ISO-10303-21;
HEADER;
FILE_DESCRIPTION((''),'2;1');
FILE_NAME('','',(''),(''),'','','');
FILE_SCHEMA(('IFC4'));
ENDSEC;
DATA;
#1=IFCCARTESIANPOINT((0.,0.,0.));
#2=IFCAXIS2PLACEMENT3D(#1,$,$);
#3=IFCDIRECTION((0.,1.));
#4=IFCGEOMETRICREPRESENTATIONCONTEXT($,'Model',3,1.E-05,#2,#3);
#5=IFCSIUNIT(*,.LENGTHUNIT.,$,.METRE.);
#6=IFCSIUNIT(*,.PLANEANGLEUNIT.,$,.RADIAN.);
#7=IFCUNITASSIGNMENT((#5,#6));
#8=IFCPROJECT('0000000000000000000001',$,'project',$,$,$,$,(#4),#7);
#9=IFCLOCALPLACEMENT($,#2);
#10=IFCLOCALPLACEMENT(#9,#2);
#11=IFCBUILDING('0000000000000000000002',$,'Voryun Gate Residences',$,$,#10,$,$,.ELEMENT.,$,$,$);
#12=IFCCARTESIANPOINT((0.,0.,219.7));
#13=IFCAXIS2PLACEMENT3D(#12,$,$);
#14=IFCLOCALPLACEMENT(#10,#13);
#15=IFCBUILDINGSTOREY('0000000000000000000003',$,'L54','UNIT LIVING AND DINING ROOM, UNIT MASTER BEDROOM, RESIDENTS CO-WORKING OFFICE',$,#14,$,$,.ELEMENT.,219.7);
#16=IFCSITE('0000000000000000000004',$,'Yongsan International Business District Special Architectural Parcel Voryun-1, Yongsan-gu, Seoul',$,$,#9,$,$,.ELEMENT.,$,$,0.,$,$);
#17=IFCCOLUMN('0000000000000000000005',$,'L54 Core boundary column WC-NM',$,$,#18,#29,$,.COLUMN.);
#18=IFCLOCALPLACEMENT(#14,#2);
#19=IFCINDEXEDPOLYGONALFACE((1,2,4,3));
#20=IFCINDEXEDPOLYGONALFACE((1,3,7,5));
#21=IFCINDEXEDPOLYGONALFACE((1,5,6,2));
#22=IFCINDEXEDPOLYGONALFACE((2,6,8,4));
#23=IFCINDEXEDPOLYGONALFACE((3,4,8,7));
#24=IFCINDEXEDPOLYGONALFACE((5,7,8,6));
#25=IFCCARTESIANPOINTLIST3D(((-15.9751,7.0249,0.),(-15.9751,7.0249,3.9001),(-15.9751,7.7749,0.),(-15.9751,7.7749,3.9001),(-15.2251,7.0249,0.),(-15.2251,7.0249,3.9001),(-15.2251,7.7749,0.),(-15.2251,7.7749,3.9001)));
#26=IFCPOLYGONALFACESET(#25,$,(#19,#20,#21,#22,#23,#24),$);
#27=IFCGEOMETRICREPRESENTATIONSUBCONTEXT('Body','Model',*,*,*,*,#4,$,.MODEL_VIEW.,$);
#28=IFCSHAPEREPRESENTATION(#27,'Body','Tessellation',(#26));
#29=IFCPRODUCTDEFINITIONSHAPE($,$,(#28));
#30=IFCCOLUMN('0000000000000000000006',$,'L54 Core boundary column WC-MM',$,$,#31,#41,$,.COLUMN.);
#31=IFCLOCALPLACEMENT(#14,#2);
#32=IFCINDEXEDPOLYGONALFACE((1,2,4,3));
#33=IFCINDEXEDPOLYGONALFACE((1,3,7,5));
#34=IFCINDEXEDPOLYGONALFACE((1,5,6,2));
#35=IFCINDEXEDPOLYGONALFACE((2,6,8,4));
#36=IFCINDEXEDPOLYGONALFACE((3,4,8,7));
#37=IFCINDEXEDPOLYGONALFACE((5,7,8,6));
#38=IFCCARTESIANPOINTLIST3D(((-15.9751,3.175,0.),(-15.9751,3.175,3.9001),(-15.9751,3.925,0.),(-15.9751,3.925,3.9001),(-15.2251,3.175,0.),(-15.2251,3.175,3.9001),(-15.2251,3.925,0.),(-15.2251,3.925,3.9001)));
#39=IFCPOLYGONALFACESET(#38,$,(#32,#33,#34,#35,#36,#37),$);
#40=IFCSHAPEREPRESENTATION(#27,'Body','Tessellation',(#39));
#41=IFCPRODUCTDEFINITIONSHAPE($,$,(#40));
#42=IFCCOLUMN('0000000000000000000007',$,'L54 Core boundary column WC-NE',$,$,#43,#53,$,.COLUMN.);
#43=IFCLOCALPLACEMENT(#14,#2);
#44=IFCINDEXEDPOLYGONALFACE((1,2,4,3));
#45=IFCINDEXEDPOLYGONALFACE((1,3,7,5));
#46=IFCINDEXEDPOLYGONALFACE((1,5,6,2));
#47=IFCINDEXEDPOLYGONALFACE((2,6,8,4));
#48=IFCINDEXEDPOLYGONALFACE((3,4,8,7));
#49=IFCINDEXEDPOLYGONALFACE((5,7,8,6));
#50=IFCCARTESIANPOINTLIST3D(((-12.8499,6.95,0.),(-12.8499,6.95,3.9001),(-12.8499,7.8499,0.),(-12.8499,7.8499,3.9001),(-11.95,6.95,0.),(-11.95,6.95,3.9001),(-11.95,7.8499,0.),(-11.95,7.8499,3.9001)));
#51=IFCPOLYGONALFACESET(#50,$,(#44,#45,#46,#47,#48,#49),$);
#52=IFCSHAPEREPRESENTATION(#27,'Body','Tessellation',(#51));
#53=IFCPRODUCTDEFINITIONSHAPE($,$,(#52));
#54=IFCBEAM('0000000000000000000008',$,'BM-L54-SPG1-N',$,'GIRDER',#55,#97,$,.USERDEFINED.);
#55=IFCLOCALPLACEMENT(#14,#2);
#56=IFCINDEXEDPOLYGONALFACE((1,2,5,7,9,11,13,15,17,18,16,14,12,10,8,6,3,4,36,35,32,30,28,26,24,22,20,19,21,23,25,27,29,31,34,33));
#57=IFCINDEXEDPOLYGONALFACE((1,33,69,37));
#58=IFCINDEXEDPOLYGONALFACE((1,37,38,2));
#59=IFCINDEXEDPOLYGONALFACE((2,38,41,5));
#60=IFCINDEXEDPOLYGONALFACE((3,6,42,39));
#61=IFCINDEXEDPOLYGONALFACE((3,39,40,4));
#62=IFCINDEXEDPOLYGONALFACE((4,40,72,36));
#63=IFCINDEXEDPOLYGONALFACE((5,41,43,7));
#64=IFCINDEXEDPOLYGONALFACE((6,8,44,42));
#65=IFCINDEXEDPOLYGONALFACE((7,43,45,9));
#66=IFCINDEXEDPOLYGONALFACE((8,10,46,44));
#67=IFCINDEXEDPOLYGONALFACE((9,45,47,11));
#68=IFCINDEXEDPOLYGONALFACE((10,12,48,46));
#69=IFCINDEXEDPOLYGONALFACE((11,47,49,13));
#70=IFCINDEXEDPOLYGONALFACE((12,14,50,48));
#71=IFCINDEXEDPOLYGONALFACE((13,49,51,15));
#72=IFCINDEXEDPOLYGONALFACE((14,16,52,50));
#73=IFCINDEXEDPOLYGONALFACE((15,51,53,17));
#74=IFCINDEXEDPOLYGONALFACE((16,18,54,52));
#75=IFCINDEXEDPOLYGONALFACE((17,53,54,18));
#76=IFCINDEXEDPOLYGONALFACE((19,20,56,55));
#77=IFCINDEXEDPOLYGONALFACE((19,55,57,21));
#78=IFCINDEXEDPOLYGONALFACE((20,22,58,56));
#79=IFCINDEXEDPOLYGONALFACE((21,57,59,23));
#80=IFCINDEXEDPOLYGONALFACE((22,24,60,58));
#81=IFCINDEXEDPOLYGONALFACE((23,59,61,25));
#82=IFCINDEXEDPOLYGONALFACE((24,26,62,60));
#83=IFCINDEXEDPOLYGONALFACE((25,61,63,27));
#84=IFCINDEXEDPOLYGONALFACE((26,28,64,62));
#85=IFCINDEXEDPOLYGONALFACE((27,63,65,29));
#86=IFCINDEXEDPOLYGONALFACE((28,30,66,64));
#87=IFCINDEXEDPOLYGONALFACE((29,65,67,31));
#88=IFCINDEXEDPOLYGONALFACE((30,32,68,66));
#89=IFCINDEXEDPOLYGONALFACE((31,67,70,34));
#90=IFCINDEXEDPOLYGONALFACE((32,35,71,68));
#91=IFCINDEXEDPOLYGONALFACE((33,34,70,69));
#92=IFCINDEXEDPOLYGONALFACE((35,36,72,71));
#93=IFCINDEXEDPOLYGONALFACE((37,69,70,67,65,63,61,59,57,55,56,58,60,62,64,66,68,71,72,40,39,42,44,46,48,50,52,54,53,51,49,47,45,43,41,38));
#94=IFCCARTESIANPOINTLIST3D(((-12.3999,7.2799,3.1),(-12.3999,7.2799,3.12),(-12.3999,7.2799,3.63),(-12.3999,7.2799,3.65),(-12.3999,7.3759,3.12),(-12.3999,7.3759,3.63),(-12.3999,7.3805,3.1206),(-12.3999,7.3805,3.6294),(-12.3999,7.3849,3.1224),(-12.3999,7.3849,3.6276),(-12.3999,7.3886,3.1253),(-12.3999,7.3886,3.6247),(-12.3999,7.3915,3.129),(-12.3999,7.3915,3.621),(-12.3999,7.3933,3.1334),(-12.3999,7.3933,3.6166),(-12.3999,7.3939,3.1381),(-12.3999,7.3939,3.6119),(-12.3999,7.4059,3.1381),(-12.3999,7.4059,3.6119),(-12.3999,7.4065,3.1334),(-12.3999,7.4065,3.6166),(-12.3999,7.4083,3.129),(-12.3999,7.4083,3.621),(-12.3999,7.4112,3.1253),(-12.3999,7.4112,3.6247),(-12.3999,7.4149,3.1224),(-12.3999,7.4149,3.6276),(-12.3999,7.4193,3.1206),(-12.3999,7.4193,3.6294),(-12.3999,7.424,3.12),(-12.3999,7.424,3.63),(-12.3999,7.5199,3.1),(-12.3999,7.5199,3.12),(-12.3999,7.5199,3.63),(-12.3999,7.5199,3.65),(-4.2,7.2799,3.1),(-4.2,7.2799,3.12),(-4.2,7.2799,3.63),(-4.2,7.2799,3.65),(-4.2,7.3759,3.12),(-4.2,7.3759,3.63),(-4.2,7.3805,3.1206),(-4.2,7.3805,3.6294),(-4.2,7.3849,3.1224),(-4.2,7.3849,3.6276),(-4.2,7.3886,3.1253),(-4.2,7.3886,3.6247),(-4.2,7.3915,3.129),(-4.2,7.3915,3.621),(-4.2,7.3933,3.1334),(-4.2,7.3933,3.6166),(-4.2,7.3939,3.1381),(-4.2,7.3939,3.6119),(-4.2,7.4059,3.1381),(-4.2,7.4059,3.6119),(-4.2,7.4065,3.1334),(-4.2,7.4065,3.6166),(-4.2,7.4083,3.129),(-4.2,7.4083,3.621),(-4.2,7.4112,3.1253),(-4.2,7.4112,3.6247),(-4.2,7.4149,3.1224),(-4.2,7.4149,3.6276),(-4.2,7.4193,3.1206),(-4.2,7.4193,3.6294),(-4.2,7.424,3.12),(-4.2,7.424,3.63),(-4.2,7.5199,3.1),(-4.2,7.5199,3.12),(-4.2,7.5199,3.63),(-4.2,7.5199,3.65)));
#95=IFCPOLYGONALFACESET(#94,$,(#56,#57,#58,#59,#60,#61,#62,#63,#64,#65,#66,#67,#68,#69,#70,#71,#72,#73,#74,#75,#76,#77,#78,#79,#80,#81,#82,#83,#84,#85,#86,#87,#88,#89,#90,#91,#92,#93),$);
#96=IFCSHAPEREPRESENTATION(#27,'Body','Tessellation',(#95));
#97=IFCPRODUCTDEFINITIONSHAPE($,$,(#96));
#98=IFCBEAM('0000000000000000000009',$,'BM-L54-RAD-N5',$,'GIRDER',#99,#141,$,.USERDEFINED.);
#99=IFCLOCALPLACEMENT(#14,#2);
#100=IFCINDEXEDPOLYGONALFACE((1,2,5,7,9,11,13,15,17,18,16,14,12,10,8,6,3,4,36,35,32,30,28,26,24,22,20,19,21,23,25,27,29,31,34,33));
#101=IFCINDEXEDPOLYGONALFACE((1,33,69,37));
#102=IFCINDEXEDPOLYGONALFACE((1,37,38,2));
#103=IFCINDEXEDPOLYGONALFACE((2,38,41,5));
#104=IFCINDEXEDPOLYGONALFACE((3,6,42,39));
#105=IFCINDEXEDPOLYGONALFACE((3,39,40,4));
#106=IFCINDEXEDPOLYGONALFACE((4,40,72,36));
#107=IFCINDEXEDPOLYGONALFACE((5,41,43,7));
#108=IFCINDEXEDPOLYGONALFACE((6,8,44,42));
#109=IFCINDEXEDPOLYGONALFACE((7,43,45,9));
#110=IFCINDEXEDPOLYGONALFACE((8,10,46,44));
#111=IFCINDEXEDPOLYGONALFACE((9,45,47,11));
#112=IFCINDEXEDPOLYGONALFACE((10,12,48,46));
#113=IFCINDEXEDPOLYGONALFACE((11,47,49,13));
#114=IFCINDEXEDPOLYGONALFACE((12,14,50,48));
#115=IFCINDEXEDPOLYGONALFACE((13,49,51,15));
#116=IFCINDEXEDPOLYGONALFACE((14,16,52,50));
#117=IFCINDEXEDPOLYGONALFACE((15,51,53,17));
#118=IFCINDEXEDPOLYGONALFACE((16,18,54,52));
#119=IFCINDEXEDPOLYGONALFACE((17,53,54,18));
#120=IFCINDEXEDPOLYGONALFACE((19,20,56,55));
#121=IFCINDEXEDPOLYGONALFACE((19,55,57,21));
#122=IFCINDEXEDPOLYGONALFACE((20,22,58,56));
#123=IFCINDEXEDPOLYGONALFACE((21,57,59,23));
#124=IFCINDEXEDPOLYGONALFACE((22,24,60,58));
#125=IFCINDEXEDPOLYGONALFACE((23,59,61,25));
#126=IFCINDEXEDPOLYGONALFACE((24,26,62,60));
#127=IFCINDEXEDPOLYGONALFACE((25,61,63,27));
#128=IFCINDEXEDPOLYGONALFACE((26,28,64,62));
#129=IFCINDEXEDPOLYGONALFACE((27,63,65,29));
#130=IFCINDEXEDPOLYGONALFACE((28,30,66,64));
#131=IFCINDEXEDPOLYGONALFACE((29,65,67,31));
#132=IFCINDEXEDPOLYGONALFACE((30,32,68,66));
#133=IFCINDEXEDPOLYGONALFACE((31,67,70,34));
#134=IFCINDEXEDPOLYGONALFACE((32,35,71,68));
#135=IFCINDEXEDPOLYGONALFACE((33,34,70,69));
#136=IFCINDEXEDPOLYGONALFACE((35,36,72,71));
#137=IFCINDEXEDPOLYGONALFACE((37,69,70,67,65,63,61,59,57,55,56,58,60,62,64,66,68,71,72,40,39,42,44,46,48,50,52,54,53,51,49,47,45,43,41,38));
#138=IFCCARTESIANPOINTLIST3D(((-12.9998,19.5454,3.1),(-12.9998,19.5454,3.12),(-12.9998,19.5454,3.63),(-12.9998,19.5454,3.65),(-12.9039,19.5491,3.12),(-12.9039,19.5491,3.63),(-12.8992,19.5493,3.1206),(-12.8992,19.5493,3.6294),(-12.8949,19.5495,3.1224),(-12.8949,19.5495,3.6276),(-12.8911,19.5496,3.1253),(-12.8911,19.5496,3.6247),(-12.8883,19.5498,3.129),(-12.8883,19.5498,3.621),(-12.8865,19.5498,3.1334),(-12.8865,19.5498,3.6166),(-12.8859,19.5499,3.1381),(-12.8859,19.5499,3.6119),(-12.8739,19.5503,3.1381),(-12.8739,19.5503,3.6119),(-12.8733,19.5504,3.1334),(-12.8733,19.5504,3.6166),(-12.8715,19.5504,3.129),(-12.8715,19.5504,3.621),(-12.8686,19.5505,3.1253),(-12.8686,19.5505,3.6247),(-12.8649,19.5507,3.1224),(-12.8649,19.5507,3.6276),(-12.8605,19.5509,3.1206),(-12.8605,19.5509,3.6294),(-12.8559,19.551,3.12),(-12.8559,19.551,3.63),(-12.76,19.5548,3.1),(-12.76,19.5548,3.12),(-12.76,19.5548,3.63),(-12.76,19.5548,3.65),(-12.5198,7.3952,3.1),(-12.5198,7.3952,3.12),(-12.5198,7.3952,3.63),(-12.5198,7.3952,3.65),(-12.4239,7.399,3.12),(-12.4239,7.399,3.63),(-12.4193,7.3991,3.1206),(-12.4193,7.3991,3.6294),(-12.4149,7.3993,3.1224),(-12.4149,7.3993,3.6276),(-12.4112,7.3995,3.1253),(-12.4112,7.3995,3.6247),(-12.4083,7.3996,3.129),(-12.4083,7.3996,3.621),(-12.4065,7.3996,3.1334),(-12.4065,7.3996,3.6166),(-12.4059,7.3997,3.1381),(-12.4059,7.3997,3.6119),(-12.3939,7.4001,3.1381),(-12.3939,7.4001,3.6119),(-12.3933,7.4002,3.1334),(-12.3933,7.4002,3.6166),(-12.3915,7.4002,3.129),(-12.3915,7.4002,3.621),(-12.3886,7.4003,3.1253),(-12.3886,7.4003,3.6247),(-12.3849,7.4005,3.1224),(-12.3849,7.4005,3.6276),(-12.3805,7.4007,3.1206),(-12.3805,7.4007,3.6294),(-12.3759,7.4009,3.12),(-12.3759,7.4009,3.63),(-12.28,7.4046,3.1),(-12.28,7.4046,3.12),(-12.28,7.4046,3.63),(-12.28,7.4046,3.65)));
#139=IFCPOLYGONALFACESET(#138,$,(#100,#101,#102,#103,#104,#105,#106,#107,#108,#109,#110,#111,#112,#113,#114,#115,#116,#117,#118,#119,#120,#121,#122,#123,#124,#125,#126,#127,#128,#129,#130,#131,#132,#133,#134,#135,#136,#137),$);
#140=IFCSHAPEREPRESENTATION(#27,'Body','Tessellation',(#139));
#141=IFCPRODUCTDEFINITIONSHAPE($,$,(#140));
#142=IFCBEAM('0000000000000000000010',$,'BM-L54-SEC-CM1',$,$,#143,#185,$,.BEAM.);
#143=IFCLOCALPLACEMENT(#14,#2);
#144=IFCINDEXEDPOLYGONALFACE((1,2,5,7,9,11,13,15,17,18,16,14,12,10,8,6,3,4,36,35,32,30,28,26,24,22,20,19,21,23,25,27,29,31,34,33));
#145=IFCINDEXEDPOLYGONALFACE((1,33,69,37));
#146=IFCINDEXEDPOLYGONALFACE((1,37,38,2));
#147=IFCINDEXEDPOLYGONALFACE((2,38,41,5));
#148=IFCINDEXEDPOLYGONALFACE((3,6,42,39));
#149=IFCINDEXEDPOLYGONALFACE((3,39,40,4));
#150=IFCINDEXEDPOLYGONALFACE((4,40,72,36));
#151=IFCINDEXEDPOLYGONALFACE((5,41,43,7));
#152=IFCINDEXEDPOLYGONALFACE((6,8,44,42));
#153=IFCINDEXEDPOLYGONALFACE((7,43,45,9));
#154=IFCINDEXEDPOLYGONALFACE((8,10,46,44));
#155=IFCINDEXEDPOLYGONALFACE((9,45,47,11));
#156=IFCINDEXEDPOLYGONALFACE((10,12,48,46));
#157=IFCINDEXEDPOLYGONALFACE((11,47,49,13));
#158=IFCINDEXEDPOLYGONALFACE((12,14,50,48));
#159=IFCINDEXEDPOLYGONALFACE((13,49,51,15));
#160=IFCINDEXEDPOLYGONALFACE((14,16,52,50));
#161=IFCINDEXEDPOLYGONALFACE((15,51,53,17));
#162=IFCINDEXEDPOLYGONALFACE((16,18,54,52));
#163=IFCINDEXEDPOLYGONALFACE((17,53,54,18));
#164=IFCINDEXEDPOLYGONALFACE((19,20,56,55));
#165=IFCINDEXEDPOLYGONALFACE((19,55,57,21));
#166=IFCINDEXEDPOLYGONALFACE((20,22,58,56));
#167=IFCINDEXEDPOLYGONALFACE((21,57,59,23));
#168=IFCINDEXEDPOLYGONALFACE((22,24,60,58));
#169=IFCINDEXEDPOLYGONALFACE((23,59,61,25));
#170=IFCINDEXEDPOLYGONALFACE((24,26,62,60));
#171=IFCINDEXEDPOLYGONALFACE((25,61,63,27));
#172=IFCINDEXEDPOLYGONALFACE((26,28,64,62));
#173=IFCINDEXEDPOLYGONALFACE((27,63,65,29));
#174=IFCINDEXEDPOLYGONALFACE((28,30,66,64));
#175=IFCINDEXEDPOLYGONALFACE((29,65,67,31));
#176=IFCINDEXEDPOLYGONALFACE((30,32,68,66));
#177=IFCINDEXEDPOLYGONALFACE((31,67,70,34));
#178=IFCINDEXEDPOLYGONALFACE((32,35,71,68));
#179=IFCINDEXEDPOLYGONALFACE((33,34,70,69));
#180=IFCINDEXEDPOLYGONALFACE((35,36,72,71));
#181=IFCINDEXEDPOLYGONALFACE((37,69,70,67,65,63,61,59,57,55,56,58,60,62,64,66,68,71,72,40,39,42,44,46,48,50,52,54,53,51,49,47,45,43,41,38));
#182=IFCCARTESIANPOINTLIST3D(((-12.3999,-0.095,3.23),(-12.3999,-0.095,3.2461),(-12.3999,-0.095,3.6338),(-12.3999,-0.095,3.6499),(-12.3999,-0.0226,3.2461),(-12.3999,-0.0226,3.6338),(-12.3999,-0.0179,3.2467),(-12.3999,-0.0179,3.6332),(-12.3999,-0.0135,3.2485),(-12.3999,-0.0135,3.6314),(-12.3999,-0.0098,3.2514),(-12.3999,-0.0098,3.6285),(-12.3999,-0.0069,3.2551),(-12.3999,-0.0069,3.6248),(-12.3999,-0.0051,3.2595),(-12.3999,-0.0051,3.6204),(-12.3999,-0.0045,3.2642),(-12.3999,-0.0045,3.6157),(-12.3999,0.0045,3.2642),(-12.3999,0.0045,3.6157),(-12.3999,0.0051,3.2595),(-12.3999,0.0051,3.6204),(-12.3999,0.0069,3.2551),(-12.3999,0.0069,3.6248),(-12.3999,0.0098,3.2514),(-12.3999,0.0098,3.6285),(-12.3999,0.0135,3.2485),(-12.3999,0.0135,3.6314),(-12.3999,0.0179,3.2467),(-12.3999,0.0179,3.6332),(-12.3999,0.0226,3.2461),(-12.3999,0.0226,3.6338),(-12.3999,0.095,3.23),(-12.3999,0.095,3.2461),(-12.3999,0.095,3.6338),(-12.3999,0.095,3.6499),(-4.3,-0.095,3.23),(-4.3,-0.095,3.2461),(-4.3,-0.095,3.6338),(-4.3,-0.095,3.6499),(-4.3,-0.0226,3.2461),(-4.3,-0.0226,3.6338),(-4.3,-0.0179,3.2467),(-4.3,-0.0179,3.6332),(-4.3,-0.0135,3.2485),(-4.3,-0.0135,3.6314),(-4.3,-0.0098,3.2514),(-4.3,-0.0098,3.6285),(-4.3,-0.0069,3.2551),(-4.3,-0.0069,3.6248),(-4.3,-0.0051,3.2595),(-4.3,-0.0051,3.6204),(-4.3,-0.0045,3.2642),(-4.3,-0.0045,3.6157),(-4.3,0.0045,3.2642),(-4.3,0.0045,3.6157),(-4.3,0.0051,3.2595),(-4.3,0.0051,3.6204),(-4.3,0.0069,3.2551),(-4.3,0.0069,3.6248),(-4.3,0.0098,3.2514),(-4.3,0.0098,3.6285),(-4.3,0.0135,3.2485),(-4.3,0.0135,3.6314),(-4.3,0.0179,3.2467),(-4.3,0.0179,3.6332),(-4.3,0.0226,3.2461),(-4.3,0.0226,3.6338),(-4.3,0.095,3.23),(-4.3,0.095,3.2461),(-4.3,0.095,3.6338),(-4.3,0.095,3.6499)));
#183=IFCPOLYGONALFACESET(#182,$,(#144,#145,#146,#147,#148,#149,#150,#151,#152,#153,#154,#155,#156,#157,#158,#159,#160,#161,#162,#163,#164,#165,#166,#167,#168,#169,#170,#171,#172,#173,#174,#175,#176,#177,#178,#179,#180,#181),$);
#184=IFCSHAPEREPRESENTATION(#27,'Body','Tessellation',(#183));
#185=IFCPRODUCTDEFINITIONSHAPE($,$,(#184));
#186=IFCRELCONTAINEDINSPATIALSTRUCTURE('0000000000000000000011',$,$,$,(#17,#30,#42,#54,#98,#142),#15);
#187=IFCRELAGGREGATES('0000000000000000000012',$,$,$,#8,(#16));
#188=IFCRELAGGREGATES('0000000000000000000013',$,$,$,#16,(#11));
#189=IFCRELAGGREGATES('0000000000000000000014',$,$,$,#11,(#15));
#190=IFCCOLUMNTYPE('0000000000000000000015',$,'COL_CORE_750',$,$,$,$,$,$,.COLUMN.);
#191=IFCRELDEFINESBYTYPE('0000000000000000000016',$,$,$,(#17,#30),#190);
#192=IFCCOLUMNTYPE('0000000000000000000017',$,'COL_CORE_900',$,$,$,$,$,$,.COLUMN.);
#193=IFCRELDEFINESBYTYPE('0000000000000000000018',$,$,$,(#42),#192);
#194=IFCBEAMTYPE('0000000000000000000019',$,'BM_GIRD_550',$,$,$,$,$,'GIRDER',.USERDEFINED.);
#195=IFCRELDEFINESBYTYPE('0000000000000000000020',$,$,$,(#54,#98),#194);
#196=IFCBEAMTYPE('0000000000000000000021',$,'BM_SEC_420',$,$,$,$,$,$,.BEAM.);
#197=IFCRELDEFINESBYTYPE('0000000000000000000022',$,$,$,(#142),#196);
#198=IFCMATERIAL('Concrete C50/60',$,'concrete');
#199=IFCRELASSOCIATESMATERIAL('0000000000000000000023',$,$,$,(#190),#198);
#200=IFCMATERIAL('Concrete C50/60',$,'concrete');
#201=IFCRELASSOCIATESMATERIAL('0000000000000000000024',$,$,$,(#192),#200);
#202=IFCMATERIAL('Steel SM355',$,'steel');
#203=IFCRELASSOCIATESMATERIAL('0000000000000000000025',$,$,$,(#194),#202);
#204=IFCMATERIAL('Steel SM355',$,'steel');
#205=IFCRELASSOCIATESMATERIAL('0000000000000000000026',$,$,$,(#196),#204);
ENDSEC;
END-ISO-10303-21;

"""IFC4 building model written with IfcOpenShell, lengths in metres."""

from ifc_helpers import new_model, si_unit, direction, frame, origin, origin_2d, place, context, subcontext, project, spatial, rectangle, i_section, extrude, material, material_profile, profile_set, type_object, element, save


model = new_model("IFC4")

# Units and contexts
model_context = context("Model", 3, precision=1e-05, world=origin(), true_north=direction((0.0, 1.0)))
body_context = subcontext(model_context, "Body", "Model", "MODEL_VIEW")
ifc_project = project(units=[si_unit("LENGTHUNIT", "METRE"), si_unit("PLANEANGLEUNIT", "RADIAN")], contexts=[model_context])

# Site, building, storey
site_placement = place(None, origin())
site = spatial("IfcSite", under=ifc_project, at=site_placement, Name="Yongsan International Business District Special Architectural Parcel Voryun-1, Yongsan-gu, Seoul", CompositionType="ELEMENT", RefElevation=0.0)
building_placement = place(site_placement, origin())
building = spatial("IfcBuilding", under=site, at=building_placement, Name="Voryun Gate Residences", CompositionType="ELEMENT")
storey_placement = place(building_placement, frame((0.0, 0.0, 219.7)))
storey = spatial("IfcBuildingStorey", under=building, at=storey_placement, Name="L54", Description="UNIT LIVING AND DINING ROOM, UNIT MASTER BEDROOM, RESIDENTS CO-WORKING OFFICE", CompositionType="ELEMENT", Elevation=219.7)

# Columns
ifc_material_1 = material(Name="Concrete C50/60", Category="concrete")
ifc_material_profile_1 = material_profile(ifc_material_1, rectangle(XDim=0.75, YDim=0.75, at=origin_2d()), Name="RC-750x750")
ifc_profile_set_1 = profile_set([ifc_material_profile_1], Name="Concrete C50/60")
column_type_1 = type_object("IfcColumnType", Name="COL_CORE_750", PredefinedType="COLUMN", material=ifc_profile_set_1)
for number, where, z_axis, x_axis, name in (
    (1, (-15.6001, 7.3999, 0.0), (0.0, 0.0, 1.0), (1.0, 0.0, 0.0), "L54 Core boundary column WC-NM"),
    (2, (-15.6001, 3.55, 0.0), (0.0, 0.0, 1.0), (1.0, 0.0, 0.0), "L54 Core boundary column WC-MM"),
):
    element("IfcColumn", number, at=place(storey_placement, frame(where, z_axis=z_axis, x_axis=x_axis)), inside=storey, type_object=column_type_1, Name=name, PredefinedType="COLUMN", context=body_context, shape_type="SweptSolid", body=[
        extrude(rectangle(XDim=0.75, YDim=0.75, at=origin_2d()), origin(), (0.0, 0.0, 1.0), 3.9001),
    ])
ifc_material_2 = material(Name="Concrete C50/60", Category="concrete")
ifc_material_profile_2 = material_profile(ifc_material_2, rectangle(XDim=0.8999, YDim=0.8999, at=origin_2d()), Name="RC-900x900")
ifc_profile_set_2 = profile_set([ifc_material_profile_2], Name="Concrete C50/60")
column_type_2 = type_object("IfcColumnType", Name="COL_CORE_900", PredefinedType="COLUMN", material=ifc_profile_set_2)
column_placement = place(storey_placement, frame((-12.3999, 7.3999, 0.0), z_axis=(0.0, 0.0, 1.0), x_axis=(1.0, 0.0, 0.0)))
element("IfcColumn", 3, at=column_placement, inside=storey, type_object=column_type_2, Name="L54 Core boundary column WC-NE", PredefinedType="COLUMN", context=body_context, shape_type="SweptSolid", body=[
    extrude(rectangle(XDim=0.8999, YDim=0.8999, at=origin_2d()), origin(), (0.0, 0.0, 1.0), 3.9001),
])

# Beams
ifc_material_3 = material(Name="Steel SM355", Category="steel")
ifc_material_profile_3 = material_profile(ifc_material_3, i_section(OverallWidth=0.24, OverallDepth=0.55, WebThickness=0.012, FlangeThickness=0.02, FilletRadius=0.0181, at=origin_2d()), Name="H-550x240x12x20")
ifc_profile_set_3 = profile_set([ifc_material_profile_3], Name="Steel SM355")
beam_type_1 = type_object("IfcBeamType", Name="BM_GIRD_550", ElementType="GIRDER", PredefinedType="USERDEFINED", material=ifc_profile_set_3)
beam_1_placement = place(storey_placement, frame((-12.3999, 7.3999, 3.375), z_axis=(1.0, 0.0, 0.0), x_axis=(0.0, 1.0, 0.0)))
element("IfcBeam", 4, at=beam_1_placement, inside=storey, type_object=beam_type_1, Name="BM-L54-SPG1-N", ObjectType="GIRDER", PredefinedType="USERDEFINED", context=body_context, shape_type="SweptSolid", body=[
    extrude(i_section(OverallWidth=0.24, OverallDepth=0.55, WebThickness=0.012, FlangeThickness=0.02, FilletRadius=0.0181, at=origin_2d()), origin(), (0.0, 0.0, 1.0), 8.2),
])
beam_2_placement = place(storey_placement, frame((-12.3999, 7.3999, 3.375), z_axis=(-0.039473, 0.999221, 0.0), x_axis=(-0.999221, -0.039473, 0.0)))
element("IfcBeam", 5, at=beam_2_placement, inside=storey, type_object=beam_type_1, Name="BM-L54-RAD-N5", ObjectType="GIRDER", PredefinedType="USERDEFINED", context=body_context, shape_type="SweptSolid", body=[
    extrude(i_section(OverallWidth=0.24, OverallDepth=0.55, WebThickness=0.012, FlangeThickness=0.02, FilletRadius=0.0181, at=origin_2d()), origin(), (0.0, 0.0, 1.0), 12.1597),
])
ifc_material_4 = material(Name="Steel SM355", Category="steel")
ifc_material_profile_4 = material_profile(ifc_material_4, i_section(OverallWidth=0.1899, OverallDepth=0.4199, WebThickness=0.009, FlangeThickness=0.0161, FilletRadius=0.0181, at=origin_2d()), Name="H-420x190x9x16")
ifc_profile_set_4 = profile_set([ifc_material_profile_4], Name="Steel SM355")
beam_type_2 = type_object("IfcBeamType", Name="BM_SEC_420", PredefinedType="BEAM", material=ifc_profile_set_4)
beam_3_placement = place(storey_placement, frame((-12.3999, 0.0, 3.4399), z_axis=(1.0, 0.0, 0.0), x_axis=(0.0, 1.0, 0.0)))
element("IfcBeam", 6, at=beam_3_placement, inside=storey, type_object=beam_type_2, Name="BM-L54-SEC-CM1", PredefinedType="BEAM", context=body_context, shape_type="SweptSolid", body=[
    extrude(i_section(OverallWidth=0.1899, OverallDepth=0.4199, WebThickness=0.009, FlangeThickness=0.0161, FilletRadius=0.0181, at=origin_2d()), origin(), (0.0, 0.0, 1.0), 8.0999),
])

save(model, "model.ifc")
